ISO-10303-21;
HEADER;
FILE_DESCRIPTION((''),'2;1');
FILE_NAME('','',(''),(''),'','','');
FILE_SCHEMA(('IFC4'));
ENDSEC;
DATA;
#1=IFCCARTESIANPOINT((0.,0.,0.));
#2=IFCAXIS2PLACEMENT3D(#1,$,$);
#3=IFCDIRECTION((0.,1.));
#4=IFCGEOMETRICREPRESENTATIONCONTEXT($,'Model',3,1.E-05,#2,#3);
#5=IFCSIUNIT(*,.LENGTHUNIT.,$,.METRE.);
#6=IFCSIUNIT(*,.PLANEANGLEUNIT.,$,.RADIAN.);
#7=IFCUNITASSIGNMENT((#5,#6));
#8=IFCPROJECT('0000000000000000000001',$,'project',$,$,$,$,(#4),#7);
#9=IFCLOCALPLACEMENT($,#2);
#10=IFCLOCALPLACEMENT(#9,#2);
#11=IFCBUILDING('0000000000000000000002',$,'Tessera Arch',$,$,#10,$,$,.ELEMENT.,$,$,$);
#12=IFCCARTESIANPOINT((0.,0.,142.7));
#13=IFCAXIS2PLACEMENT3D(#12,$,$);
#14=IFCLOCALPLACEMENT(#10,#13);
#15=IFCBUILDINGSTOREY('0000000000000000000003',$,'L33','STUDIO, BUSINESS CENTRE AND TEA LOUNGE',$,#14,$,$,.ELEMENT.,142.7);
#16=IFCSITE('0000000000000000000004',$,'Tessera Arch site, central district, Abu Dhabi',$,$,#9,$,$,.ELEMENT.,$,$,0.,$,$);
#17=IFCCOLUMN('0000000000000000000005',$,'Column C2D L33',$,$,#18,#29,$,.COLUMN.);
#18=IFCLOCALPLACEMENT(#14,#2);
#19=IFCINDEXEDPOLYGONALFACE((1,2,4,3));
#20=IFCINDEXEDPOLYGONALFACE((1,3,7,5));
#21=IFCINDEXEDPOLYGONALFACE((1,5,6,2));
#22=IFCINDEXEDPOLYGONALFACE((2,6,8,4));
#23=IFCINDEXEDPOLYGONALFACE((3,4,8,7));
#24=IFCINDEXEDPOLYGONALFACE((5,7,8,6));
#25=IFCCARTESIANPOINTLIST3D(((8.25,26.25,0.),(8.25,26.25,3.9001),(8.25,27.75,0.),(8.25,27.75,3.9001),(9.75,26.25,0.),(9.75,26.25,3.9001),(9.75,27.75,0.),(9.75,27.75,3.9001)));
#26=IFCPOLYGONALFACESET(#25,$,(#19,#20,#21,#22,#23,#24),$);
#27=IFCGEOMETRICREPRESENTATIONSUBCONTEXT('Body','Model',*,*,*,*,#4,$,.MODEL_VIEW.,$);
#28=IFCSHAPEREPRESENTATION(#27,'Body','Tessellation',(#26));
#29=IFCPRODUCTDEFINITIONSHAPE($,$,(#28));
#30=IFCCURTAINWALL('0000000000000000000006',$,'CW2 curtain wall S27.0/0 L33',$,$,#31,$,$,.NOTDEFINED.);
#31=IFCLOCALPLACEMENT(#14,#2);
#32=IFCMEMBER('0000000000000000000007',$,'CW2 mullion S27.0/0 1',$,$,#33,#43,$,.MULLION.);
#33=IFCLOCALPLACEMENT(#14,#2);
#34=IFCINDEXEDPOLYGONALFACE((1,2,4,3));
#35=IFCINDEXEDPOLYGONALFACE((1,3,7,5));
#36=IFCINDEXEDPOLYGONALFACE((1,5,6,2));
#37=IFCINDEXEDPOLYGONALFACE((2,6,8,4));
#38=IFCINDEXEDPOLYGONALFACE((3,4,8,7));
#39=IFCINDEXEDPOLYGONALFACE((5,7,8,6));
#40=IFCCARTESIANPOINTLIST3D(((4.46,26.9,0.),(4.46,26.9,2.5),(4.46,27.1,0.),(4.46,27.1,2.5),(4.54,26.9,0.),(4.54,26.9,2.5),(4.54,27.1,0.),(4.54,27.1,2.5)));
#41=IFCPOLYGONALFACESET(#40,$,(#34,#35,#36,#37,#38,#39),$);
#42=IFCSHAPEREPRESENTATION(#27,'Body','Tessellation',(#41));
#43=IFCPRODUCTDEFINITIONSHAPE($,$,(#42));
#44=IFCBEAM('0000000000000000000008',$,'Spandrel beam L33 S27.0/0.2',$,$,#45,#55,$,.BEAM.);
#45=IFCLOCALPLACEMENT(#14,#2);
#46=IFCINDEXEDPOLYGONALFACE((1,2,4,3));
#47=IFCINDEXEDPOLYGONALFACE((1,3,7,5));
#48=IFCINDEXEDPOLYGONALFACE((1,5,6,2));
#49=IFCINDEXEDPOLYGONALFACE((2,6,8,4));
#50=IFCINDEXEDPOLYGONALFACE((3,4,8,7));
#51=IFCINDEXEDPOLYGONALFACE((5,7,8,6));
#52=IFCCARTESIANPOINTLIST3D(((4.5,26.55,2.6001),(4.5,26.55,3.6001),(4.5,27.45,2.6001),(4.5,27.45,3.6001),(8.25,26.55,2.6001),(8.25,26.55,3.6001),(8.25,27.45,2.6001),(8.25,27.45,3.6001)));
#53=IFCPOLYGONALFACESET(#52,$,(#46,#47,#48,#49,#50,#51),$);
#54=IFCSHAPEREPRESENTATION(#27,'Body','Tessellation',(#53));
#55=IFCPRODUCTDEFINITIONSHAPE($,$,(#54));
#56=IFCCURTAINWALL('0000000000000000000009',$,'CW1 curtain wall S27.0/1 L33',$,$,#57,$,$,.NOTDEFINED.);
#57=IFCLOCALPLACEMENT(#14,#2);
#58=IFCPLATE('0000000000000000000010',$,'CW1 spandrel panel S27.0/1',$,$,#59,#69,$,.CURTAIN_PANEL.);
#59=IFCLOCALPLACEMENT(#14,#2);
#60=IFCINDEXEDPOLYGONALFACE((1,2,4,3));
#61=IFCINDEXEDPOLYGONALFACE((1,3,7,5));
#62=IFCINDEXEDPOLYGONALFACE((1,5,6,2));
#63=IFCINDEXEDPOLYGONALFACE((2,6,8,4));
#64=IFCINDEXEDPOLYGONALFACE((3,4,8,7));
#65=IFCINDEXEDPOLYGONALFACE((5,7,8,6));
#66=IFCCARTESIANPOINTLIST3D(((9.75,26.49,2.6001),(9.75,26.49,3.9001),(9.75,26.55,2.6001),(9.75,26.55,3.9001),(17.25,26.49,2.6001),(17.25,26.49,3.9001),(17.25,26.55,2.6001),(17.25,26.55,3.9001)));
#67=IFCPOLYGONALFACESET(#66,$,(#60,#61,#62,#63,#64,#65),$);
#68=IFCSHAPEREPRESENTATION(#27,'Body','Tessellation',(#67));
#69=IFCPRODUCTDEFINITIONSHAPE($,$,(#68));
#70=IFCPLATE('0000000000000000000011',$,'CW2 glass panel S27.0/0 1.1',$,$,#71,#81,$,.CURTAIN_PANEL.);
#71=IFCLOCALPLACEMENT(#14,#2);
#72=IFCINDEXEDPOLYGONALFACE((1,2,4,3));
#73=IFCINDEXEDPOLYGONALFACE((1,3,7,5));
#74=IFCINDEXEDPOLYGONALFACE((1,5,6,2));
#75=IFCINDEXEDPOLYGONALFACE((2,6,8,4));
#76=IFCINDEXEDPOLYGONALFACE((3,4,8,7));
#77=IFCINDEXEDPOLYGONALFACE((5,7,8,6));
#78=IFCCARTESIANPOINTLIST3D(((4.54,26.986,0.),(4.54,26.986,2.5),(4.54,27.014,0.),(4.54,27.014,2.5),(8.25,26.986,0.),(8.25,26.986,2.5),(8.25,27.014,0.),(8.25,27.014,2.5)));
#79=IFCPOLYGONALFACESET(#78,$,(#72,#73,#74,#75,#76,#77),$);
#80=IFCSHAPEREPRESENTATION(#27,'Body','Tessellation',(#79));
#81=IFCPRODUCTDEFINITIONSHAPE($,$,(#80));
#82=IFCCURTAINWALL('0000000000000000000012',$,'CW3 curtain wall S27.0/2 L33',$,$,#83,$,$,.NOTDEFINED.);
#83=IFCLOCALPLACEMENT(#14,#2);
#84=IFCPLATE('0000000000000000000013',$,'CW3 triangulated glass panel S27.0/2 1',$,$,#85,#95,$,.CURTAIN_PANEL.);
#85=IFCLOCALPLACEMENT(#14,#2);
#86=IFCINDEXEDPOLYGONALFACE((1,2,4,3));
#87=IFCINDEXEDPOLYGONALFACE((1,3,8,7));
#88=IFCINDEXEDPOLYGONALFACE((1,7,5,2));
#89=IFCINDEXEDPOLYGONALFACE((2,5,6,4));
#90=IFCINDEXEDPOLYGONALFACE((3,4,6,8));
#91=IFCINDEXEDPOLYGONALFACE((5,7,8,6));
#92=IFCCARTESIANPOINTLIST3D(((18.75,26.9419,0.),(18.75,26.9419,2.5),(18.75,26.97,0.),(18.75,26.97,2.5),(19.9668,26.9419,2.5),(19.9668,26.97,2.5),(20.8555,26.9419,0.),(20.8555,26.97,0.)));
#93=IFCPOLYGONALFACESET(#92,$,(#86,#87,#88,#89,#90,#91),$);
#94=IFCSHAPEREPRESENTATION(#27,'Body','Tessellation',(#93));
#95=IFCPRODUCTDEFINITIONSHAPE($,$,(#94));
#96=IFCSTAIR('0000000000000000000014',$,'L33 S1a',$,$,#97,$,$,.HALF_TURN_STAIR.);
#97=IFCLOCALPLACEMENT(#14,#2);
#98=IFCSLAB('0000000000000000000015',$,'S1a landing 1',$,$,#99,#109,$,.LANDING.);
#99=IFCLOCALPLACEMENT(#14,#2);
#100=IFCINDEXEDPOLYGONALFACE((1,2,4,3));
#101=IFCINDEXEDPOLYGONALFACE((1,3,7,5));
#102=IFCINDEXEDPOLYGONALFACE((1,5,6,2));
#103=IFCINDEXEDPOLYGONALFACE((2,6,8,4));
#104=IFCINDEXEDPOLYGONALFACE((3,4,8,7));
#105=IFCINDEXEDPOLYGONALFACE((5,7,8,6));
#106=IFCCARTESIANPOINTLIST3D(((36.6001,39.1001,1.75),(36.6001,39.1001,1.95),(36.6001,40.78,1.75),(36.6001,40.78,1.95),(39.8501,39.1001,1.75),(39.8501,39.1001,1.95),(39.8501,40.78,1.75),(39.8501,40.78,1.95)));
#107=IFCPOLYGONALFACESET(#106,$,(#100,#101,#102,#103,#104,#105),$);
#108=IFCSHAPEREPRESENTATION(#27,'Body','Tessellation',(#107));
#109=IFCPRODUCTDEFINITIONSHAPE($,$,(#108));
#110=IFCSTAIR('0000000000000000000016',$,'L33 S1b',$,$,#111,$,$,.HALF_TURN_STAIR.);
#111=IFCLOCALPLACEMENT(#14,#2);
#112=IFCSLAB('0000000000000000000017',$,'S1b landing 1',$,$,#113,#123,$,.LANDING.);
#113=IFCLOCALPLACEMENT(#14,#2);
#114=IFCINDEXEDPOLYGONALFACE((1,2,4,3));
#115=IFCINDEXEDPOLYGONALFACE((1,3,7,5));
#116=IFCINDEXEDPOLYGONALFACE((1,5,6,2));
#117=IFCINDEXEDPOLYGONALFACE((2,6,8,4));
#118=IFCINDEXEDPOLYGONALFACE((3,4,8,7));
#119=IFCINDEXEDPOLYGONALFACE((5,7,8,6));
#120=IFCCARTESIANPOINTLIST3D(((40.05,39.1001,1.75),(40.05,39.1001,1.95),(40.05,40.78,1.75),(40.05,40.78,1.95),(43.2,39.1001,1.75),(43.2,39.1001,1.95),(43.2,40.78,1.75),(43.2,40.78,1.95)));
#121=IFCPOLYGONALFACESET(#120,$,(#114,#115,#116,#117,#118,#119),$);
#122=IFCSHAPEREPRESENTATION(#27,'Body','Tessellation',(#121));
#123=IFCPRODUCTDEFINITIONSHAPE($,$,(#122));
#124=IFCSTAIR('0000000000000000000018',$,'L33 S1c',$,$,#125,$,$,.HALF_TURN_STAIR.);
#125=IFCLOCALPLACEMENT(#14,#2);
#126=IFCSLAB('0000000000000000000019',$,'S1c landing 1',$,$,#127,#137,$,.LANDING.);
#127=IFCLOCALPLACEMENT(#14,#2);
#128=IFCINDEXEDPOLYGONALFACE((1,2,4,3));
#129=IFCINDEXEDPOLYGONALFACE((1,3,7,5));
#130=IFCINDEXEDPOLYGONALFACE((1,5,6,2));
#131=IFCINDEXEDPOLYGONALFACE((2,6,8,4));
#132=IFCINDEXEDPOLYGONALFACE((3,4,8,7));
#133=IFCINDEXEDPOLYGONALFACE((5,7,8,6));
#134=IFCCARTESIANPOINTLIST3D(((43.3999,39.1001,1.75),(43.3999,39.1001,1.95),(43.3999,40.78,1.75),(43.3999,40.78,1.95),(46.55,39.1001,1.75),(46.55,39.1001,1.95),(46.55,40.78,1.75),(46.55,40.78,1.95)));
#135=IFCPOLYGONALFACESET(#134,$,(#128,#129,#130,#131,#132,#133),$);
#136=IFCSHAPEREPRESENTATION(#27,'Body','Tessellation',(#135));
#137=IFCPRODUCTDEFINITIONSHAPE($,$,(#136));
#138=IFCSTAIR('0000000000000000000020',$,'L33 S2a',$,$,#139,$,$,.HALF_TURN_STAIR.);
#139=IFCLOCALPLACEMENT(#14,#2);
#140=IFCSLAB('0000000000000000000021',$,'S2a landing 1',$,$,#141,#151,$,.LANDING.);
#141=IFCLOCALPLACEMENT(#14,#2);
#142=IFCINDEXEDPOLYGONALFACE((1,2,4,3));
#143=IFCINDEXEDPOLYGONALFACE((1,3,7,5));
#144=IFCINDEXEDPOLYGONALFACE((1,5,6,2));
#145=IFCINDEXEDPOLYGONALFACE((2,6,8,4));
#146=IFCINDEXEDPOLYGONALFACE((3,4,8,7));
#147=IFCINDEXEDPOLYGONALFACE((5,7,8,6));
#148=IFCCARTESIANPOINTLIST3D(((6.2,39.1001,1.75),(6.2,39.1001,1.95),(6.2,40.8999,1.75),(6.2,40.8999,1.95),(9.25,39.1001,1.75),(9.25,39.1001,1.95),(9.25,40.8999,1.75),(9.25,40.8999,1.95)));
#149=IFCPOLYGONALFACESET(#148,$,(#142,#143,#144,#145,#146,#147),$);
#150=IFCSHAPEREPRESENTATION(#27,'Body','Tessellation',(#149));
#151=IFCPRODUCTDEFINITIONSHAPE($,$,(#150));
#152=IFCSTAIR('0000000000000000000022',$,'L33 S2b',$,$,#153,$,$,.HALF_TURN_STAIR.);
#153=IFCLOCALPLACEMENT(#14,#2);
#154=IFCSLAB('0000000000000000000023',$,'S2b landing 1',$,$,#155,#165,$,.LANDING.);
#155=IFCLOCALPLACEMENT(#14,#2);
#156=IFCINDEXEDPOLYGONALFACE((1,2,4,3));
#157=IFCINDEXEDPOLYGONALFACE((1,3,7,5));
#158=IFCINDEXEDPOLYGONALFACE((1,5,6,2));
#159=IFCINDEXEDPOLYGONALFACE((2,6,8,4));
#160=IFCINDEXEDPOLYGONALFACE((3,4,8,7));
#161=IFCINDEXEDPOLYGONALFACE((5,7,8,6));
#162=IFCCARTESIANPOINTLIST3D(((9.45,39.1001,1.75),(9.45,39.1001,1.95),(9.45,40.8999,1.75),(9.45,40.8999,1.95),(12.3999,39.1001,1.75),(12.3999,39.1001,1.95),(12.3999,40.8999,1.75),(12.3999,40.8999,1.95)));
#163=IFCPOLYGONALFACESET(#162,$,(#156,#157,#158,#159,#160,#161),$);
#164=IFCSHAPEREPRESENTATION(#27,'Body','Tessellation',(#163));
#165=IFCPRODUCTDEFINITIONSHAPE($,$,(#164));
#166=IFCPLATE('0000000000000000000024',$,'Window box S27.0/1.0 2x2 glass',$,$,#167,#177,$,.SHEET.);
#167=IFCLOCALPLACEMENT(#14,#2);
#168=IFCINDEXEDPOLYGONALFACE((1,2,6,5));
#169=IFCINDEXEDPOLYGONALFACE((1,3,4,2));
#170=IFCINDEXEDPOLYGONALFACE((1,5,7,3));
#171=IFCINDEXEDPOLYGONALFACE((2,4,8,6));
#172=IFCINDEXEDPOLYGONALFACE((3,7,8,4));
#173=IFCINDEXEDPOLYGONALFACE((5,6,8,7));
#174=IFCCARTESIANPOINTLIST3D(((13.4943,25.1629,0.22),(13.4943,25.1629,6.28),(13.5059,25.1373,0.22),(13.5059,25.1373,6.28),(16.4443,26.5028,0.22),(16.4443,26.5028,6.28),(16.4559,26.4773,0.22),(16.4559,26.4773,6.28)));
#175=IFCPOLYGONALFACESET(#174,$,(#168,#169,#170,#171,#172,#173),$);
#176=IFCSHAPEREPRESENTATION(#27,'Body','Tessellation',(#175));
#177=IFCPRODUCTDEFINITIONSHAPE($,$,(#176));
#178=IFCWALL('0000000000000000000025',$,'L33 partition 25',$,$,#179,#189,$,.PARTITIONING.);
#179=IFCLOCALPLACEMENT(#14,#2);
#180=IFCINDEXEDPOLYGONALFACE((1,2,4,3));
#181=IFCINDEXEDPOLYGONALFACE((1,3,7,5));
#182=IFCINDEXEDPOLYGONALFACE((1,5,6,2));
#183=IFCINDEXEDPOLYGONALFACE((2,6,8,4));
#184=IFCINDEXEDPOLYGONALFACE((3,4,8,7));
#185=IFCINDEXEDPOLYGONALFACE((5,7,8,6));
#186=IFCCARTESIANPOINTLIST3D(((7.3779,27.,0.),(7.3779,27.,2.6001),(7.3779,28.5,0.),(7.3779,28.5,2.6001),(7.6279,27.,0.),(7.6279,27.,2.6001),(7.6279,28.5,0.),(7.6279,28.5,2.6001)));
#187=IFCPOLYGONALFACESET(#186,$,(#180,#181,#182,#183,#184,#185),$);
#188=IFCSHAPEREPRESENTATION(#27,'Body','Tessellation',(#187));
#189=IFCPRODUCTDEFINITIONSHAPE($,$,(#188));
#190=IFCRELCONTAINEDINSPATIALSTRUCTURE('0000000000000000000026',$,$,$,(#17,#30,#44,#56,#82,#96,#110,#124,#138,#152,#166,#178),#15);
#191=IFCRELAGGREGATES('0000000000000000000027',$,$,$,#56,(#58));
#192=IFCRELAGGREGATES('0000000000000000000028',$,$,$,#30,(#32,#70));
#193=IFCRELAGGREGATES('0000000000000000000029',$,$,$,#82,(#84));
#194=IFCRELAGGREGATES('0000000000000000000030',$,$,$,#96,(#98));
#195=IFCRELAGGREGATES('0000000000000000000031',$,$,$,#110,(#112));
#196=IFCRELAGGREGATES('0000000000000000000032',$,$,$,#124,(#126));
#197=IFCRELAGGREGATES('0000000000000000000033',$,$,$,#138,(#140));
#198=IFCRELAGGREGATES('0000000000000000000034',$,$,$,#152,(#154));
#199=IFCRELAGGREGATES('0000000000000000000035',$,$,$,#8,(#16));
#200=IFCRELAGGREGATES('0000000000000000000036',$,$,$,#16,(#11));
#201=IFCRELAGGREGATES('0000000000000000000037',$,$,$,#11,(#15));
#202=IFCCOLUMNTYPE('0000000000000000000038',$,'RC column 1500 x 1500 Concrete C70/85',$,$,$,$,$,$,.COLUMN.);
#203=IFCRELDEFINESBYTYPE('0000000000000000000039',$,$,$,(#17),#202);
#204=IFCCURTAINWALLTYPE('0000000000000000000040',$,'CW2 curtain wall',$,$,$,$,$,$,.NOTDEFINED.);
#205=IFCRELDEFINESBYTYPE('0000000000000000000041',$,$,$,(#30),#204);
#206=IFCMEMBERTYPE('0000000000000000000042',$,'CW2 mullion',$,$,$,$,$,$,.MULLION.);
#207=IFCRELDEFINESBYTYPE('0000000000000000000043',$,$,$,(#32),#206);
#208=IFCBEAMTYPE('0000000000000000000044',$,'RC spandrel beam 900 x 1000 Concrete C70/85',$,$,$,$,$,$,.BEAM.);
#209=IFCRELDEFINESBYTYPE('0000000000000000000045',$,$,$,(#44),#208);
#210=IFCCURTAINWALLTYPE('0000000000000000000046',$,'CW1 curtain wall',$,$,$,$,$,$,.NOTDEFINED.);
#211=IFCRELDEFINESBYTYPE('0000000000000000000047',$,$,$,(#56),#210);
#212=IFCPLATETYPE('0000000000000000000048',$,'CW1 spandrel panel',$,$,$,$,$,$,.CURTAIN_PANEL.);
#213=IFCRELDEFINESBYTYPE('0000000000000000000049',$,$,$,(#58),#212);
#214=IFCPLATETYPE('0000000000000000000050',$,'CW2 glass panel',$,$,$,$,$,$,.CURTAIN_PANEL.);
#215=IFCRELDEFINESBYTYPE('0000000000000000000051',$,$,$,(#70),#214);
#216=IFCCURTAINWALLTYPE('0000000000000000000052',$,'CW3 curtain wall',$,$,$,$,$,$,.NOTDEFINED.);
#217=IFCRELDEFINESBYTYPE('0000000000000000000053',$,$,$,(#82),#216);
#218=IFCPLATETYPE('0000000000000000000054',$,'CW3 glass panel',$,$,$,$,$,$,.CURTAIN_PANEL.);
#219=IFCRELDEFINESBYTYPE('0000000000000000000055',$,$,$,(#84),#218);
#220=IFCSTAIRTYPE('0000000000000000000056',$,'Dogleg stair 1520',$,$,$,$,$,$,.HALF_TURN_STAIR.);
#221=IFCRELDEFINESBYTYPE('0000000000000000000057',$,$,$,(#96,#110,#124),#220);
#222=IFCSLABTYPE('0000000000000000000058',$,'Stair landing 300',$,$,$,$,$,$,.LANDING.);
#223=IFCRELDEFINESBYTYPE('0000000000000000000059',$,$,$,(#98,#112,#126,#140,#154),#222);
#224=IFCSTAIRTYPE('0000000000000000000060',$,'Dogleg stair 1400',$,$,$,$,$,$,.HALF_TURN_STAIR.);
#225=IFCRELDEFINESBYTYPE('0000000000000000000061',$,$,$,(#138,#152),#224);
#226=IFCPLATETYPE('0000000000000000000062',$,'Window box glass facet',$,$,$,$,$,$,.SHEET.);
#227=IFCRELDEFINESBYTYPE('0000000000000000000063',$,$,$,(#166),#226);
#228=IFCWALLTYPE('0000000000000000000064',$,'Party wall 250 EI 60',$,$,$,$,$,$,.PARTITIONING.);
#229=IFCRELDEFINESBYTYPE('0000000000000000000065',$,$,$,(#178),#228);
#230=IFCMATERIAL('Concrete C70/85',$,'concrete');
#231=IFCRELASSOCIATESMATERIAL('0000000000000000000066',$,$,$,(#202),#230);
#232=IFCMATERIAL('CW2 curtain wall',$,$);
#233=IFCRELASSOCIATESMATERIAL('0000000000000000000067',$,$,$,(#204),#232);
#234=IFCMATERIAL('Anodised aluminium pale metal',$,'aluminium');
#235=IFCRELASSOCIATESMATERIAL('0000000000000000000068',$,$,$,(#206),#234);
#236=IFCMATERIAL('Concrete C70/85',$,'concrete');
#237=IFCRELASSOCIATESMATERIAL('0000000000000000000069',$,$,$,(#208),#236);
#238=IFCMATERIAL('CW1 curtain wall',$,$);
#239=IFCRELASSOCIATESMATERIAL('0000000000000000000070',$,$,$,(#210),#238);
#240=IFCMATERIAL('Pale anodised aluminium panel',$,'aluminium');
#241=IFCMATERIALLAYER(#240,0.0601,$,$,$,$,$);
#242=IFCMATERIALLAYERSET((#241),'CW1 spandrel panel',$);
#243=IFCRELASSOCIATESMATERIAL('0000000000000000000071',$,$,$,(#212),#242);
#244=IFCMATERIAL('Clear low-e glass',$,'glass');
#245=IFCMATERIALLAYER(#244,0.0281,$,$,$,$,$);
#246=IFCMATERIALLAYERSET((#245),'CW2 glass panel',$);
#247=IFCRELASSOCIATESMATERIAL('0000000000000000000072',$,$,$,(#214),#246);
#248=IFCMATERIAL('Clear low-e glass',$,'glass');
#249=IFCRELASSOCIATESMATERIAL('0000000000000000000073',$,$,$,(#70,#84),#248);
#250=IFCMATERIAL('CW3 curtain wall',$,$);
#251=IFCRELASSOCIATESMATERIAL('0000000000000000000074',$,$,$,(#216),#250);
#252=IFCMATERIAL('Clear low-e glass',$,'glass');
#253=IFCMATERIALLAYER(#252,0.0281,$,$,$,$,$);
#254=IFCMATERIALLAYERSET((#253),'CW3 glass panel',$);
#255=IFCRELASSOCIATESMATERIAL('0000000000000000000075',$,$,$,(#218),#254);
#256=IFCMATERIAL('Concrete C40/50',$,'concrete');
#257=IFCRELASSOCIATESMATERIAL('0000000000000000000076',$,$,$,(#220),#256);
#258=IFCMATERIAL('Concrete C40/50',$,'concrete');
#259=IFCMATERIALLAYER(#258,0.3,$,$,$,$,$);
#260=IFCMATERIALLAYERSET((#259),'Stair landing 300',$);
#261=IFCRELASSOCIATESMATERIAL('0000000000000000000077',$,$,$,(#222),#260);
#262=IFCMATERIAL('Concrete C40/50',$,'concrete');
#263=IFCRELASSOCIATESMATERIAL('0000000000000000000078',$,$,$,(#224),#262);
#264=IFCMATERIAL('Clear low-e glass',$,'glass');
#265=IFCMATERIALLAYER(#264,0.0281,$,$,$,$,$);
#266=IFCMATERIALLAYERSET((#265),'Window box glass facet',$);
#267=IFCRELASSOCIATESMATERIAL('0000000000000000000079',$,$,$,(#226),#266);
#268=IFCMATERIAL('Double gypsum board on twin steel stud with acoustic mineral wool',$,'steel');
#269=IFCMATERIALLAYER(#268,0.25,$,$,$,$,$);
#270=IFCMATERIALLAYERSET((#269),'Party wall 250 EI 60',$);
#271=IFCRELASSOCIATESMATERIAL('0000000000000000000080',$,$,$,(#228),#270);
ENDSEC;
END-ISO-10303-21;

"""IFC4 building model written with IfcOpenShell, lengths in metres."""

from ifc_helpers import new_model, si_unit, direction, frame, frame_2d, origin, origin_2d, place, context, subcontext, project, spatial, polyline, rectangle, outline, extrude, material, layer, layer_set, material_profile, profile_set, type_object, element, aggregate, save


model = new_model("IFC4")

# Units and contexts
model_context = context("Model", 3, precision=1e-05, world=origin(), true_north=direction((0.0, 1.0)))
body_context = subcontext(model_context, "Body", "Model", "MODEL_VIEW")
ifc_project = project(units=[si_unit("LENGTHUNIT", "METRE"), si_unit("PLANEANGLEUNIT", "RADIAN")], contexts=[model_context])

# Site, building, storey
site_placement = place(None, origin())
site = spatial("IfcSite", under=ifc_project, at=site_placement, Name="Tessera Arch site, central district, Abu Dhabi", CompositionType="ELEMENT", RefElevation=0.0)
building_placement = place(site_placement, origin())
building = spatial("IfcBuilding", under=site, at=building_placement, Name="Tessera Arch", CompositionType="ELEMENT")
storey_placement = place(building_placement, frame((0.0, 0.0, 142.7)))
storey = spatial("IfcBuildingStorey", under=building, at=storey_placement, Name="L33", Description="STUDIO, BUSINESS CENTRE AND TEA LOUNGE", CompositionType="ELEMENT", Elevation=142.7)

# Column
ifc_material_1 = material(Name="Concrete C70/85", Category="concrete")
ifc_material_profile_1 = material_profile(ifc_material_1, rectangle(XDim=1.5, YDim=1.5, at=origin_2d()), Name="RC column 1500 x 1500 Concrete C70/85")
ifc_profile_set_1 = profile_set([ifc_material_profile_1], Name="Concrete C70/85")
column_type = type_object("IfcColumnType", Name="RC column 1500 x 1500 Concrete C70/85", PredefinedType="COLUMN", material=ifc_profile_set_1)
column_placement = place(storey_placement, frame((9.0, 27.0, 0.0), z_axis=(0.0, 0.0, 1.0), x_axis=(1.0, 0.0, 0.0)))
element("IfcColumn", 1, at=column_placement, inside=storey, type_object=column_type, Name="Column C2D L33", PredefinedType="COLUMN", context=body_context, shape_type="SweptSolid", body=[
    extrude(rectangle(XDim=1.5, YDim=1.5, at=origin_2d()), origin(), (0.0, 0.0, 1.0), 3.9001),
])

# Curtain wall, member
ifc_material_2 = material(Name="CW2 curtain wall")
curtain_wall_type_1 = type_object("IfcCurtainWallType", Name="CW2 curtain wall", PredefinedType="NOTDEFINED", material=ifc_material_2)
curtain_wall_1_placement = place(storey_placement, origin())
curtain_wall_1 = element("IfcCurtainWall", 2, at=curtain_wall_1_placement, inside=storey, type_object=curtain_wall_type_1, Name="CW2 curtain wall S27.0/0 L33", PredefinedType="NOTDEFINED")
ifc_material_3 = material(Name="Anodised aluminium pale metal", Category="aluminium")
ifc_material_profile_2 = material_profile(ifc_material_3, rectangle(XDim=0.2, YDim=0.0801, at=origin_2d()), Name="AL 80x200")
ifc_profile_set_2 = profile_set([ifc_material_profile_2], Name="Anodised aluminium pale metal")
member_type = type_object("IfcMemberType", Name="CW2 mullion", PredefinedType="MULLION", material=ifc_profile_set_2)
member_placement = place(storey_placement, frame((4.5, 27.0, 0.0), z_axis=(0.0, 0.0, 1.0), x_axis=(0.0, 1.0, 0.0)))
member = element("IfcMember", 3, at=member_placement, type_object=member_type, Name="CW2 mullion S27.0/0 1", PredefinedType="MULLION", context=body_context, shape_type="SweptSolid", body=[
    extrude(rectangle(XDim=0.2, YDim=0.0801, at=origin_2d()), origin(), (0.0, 0.0, 1.0), 2.5),
])

# Beam
ifc_material_4 = material(Name="Concrete C70/85", Category="concrete")
ifc_material_profile_3 = material_profile(ifc_material_4, rectangle(XDim=0.8999, YDim=1.0, at=origin_2d()), Name="RC spandrel beam 900 x 1000 Concrete C70/85")
ifc_profile_set_3 = profile_set([ifc_material_profile_3], Name="Concrete C70/85")
beam_type = type_object("IfcBeamType", Name="RC spandrel beam 900 x 1000 Concrete C70/85", PredefinedType="BEAM", material=ifc_profile_set_3)
beam_placement = place(storey_placement, frame((4.5, 27.0, 3.1001), z_axis=(1.0, 0.0, 0.0), x_axis=(0.0, 1.0, 0.0)))
element("IfcBeam", 4, at=beam_placement, inside=storey, type_object=beam_type, Name="Spandrel beam L33 S27.0/0.2", PredefinedType="BEAM", context=body_context, shape_type="SweptSolid", body=[
    extrude(rectangle(XDim=0.8999, YDim=1.0, at=origin_2d()), origin(), (0.0, 0.0, 1.0), 3.75),
])

# Curtain wall, plate
ifc_material_5 = material(Name="CW1 curtain wall")
curtain_wall_type_2 = type_object("IfcCurtainWallType", Name="CW1 curtain wall", PredefinedType="NOTDEFINED", material=ifc_material_5)
curtain_wall_2_placement = place(storey_placement, origin())
curtain_wall_2 = element("IfcCurtainWall", 5, at=curtain_wall_2_placement, inside=storey, type_object=curtain_wall_type_2, Name="CW1 curtain wall S27.0/1 L33", PredefinedType="NOTDEFINED")
ifc_material_6 = material(Name="Pale anodised aluminium panel", Category="aluminium")
ifc_layer_1 = layer(ifc_material_6, 0.0601)
ifc_layer_set_1 = layer_set([ifc_layer_1], Name="CW1 spandrel panel")
plate_type_1 = type_object("IfcPlateType", Name="CW1 spandrel panel", PredefinedType="CURTAIN_PANEL", material=ifc_layer_set_1)
plate_1_placement = place(storey_placement, frame((13.5, 26.52, 2.6001), z_axis=(0.0, 0.0, 1.0), x_axis=(1.0, 0.0, 0.0)))
plate_1 = element("IfcPlate", 6, at=plate_1_placement, type_object=plate_type_1, Name="CW1 spandrel panel S27.0/1", PredefinedType="CURTAIN_PANEL", context=body_context, shape_type="SweptSolid", body=[
    extrude(rectangle(XDim=7.5, YDim=0.0601, at=origin_2d()), origin(), (0.0, 0.0, 1.0), 1.3),
])
aggregate(curtain_wall_2, [plate_1])

# Plate
ifc_material_7 = material(Name="Clear low-e glass", Category="glass")
ifc_material_8 = material(Name="Clear low-e glass", Category="glass")
ifc_layer_2 = layer(ifc_material_8, 0.0281)
ifc_layer_set_2 = layer_set([ifc_layer_2], Name="CW2 glass panel")
plate_type_2 = type_object("IfcPlateType", Name="CW2 glass panel", PredefinedType="CURTAIN_PANEL", material=ifc_layer_set_2)
plate_2_placement = place(storey_placement, frame((6.395, 27.0, 0.0), z_axis=(0.0, 0.0, 1.0), x_axis=(1.0, 0.0, 0.0)))
plate_2 = element("IfcPlate", 7, at=plate_2_placement, type_object=plate_type_2, material=ifc_material_7, Name="CW2 glass panel S27.0/0 1.1", PredefinedType="CURTAIN_PANEL", context=body_context, shape_type="SweptSolid", body=[
    extrude(rectangle(XDim=3.71, YDim=0.0281, at=origin_2d()), origin(), (0.0, 0.0, 1.0), 2.5),
])
aggregate(curtain_wall_1, [member, plate_2])

# Curtain wall, plate
ifc_material_9 = material(Name="CW3 curtain wall")
curtain_wall_type_3 = type_object("IfcCurtainWallType", Name="CW3 curtain wall", PredefinedType="NOTDEFINED", material=ifc_material_9)
curtain_wall_3_placement = place(storey_placement, origin())
curtain_wall_3 = element("IfcCurtainWall", 8, at=curtain_wall_3_placement, inside=storey, type_object=curtain_wall_type_3, Name="CW3 curtain wall S27.0/2 L33", PredefinedType="NOTDEFINED")
ifc_material_10 = material(Name="Clear low-e glass", Category="glass")
ifc_layer_3 = layer(ifc_material_10, 0.0281)
ifc_layer_set_3 = layer_set([ifc_layer_3], Name="CW3 glass panel")
plate_type_3 = type_object("IfcPlateType", Name="CW3 glass panel", PredefinedType="CURTAIN_PANEL", material=ifc_layer_set_3)
plate_3_placement = place(storey_placement, frame((18.75, 26.9419, 0.0), z_axis=(0.0, -1.0, 0.0), x_axis=(1.0, 0.0, 0.0)))
plate_3 = element("IfcPlate", 9, at=plate_3_placement, type_object=plate_type_3, material=ifc_material_7, Name="CW3 triangulated glass panel S27.0/2 1", PredefinedType="CURTAIN_PANEL", context=body_context, shape_type="SweptSolid", body=[
    extrude(outline(polyline([(0.0, 0.0), (2.1055, 0.0), (1.2168, 2.5), (0.0, 2.5), (0.0, 0.0)])), origin(), (0.0, 0.0, -1.0), 0.0281),
])
aggregate(curtain_wall_3, [plate_3])

# Stairs, slabs
ifc_material_11 = material(Name="Concrete C40/50", Category="concrete")
stair_type_1 = type_object("IfcStairType", Name="Dogleg stair 1520", PredefinedType="HALF_TURN_STAIR", material=ifc_material_11)
stair_1_placement = place(storey_placement, origin())
stair_1 = element("IfcStair", 10, at=stair_1_placement, inside=storey, type_object=stair_type_1, Name="L33 S1a", PredefinedType="HALF_TURN_STAIR")
ifc_material_12 = material(Name="Concrete C40/50", Category="concrete")
ifc_layer_4 = layer(ifc_material_12, 0.3)
ifc_layer_set_4 = layer_set([ifc_layer_4], Name="Stair landing 300")
slab_type = type_object("IfcSlabType", Name="Stair landing 300", PredefinedType="LANDING", material=ifc_layer_set_4)
slab_1_placement = place(storey_placement, frame((0.0, 0.0, 1.75)))
slab_1 = element("IfcSlab", 11, at=slab_1_placement, type_object=slab_type, Name="S1a landing 1", PredefinedType="LANDING", context=body_context, shape_type="SweptSolid", body=[
    extrude(outline(polyline([(36.6001, 40.78), (36.6001, 39.1001), (39.8501, 39.1001), (39.8501, 40.78), (36.6001, 40.78)])), origin(), (0.0, 0.0, 1.0), 0.2),
])
aggregate(stair_1, [slab_1])
stair_2_placement = place(storey_placement, origin())
stair_2 = element("IfcStair", 12, at=stair_2_placement, inside=storey, type_object=stair_type_1, Name="L33 S1b", PredefinedType="HALF_TURN_STAIR")
slab_2_placement = place(storey_placement, frame((0.0, 0.0, 1.75)))
slab_2 = element("IfcSlab", 13, at=slab_2_placement, type_object=slab_type, Name="S1b landing 1", PredefinedType="LANDING", context=body_context, shape_type="SweptSolid", body=[
    extrude(outline(polyline([(40.05, 40.78), (40.05, 39.1001), (43.2, 39.1001), (43.2, 40.78), (40.05, 40.78)])), origin(), (0.0, 0.0, 1.0), 0.2),
])
aggregate(stair_2, [slab_2])
stair_3_placement = place(storey_placement, origin())
stair_3 = element("IfcStair", 14, at=stair_3_placement, inside=storey, type_object=stair_type_1, Name="L33 S1c", PredefinedType="HALF_TURN_STAIR")
slab_3_placement = place(storey_placement, frame((0.0, 0.0, 1.75)))
slab_3 = element("IfcSlab", 15, at=slab_3_placement, type_object=slab_type, Name="S1c landing 1", PredefinedType="LANDING", context=body_context, shape_type="SweptSolid", body=[
    extrude(outline(polyline([(43.3999, 40.78), (43.3999, 39.1001), (46.55, 39.1001), (46.55, 40.78), (43.3999, 40.78)])), origin(), (0.0, 0.0, 1.0), 0.2),
])
aggregate(stair_3, [slab_3])
ifc_material_13 = material(Name="Concrete C40/50", Category="concrete")
stair_type_2 = type_object("IfcStairType", Name="Dogleg stair 1400", PredefinedType="HALF_TURN_STAIR", material=ifc_material_13)
stair_4_placement = place(storey_placement, origin())
stair_4 = element("IfcStair", 16, at=stair_4_placement, inside=storey, type_object=stair_type_2, Name="L33 S2a", PredefinedType="HALF_TURN_STAIR")
slab_4_placement = place(storey_placement, frame((0.0, 0.0, 1.75)))
slab_4 = element("IfcSlab", 17, at=slab_4_placement, type_object=slab_type, Name="S2a landing 1", PredefinedType="LANDING", context=body_context, shape_type="SweptSolid", body=[
    extrude(outline(polyline([(6.2, 40.8999), (6.2, 39.1001), (9.25, 39.1001), (9.25, 40.8999), (6.2, 40.8999)])), origin(), (0.0, 0.0, 1.0), 0.2),
])
aggregate(stair_4, [slab_4])
stair_5_placement = place(storey_placement, origin())
stair_5 = element("IfcStair", 18, at=stair_5_placement, inside=storey, type_object=stair_type_2, Name="L33 S2b", PredefinedType="HALF_TURN_STAIR")
slab_5_placement = place(storey_placement, frame((0.0, 0.0, 1.75)))
slab_5 = element("IfcSlab", 19, at=slab_5_placement, type_object=slab_type, Name="S2b landing 1", PredefinedType="LANDING", context=body_context, shape_type="SweptSolid", body=[
    extrude(outline(polyline([(9.45, 40.8999), (9.45, 39.1001), (12.3999, 39.1001), (12.3999, 40.8999), (9.45, 40.8999)])), origin(), (0.0, 0.0, 1.0), 0.2),
])
aggregate(stair_5, [slab_5])

# Plate
ifc_material_14 = material(Name="Clear low-e glass", Category="glass")
ifc_layer_5 = layer(ifc_material_14, 0.0281)
ifc_layer_set_5 = layer_set([ifc_layer_5], Name="Window box glass facet")
plate_type_4 = type_object("IfcPlateType", Name="Window box glass facet", PredefinedType="SHEET", material=ifc_layer_set_5)
plate_4_placement = place(storey_placement, frame((14.9751, 25.8201, 0.22), z_axis=(0.0, 0.0, 1.0), x_axis=(-0.910472, -0.41357, 0.0)))
element("IfcPlate", 20, at=plate_4_placement, inside=storey, type_object=plate_type_4, Name="Window box S27.0/1.0 2x2 glass", PredefinedType="SHEET", context=body_context, shape_type="SweptSolid", body=[
    extrude(rectangle(XDim=3.24, YDim=0.0281, at=origin_2d()), origin(), (0.0, 0.0, 1.0), 6.0601),
])

# Wall
ifc_material_15 = material(Name="Double gypsum board on twin steel stud with acoustic mineral wool", Category="steel")
ifc_layer_6 = layer(ifc_material_15, 0.25)
ifc_layer_set_6 = layer_set([ifc_layer_6], Name="Party wall 250 EI 60")
wall_type = type_object("IfcWallType", Name="Party wall 250 EI 60", PredefinedType="PARTITIONING", material=ifc_layer_set_6)
wall_placement = place(storey_placement, frame((7.5029, 27.0, 0.0), z_axis=(0.0, 0.0, 1.0), x_axis=(0.0, 1.0, 0.0)))
element("IfcWall", 21, at=wall_placement, inside=storey, type_object=wall_type, Name="L33 partition 25", PredefinedType="PARTITIONING", context=body_context, shape_type="SweptSolid", body=[
    extrude(rectangle(XDim=1.5, YDim=0.25, at=frame_2d((0.75, 0.0))), origin(), (0.0, 0.0, 1.0), 2.6001),
])

save(model, "model.ifc")
